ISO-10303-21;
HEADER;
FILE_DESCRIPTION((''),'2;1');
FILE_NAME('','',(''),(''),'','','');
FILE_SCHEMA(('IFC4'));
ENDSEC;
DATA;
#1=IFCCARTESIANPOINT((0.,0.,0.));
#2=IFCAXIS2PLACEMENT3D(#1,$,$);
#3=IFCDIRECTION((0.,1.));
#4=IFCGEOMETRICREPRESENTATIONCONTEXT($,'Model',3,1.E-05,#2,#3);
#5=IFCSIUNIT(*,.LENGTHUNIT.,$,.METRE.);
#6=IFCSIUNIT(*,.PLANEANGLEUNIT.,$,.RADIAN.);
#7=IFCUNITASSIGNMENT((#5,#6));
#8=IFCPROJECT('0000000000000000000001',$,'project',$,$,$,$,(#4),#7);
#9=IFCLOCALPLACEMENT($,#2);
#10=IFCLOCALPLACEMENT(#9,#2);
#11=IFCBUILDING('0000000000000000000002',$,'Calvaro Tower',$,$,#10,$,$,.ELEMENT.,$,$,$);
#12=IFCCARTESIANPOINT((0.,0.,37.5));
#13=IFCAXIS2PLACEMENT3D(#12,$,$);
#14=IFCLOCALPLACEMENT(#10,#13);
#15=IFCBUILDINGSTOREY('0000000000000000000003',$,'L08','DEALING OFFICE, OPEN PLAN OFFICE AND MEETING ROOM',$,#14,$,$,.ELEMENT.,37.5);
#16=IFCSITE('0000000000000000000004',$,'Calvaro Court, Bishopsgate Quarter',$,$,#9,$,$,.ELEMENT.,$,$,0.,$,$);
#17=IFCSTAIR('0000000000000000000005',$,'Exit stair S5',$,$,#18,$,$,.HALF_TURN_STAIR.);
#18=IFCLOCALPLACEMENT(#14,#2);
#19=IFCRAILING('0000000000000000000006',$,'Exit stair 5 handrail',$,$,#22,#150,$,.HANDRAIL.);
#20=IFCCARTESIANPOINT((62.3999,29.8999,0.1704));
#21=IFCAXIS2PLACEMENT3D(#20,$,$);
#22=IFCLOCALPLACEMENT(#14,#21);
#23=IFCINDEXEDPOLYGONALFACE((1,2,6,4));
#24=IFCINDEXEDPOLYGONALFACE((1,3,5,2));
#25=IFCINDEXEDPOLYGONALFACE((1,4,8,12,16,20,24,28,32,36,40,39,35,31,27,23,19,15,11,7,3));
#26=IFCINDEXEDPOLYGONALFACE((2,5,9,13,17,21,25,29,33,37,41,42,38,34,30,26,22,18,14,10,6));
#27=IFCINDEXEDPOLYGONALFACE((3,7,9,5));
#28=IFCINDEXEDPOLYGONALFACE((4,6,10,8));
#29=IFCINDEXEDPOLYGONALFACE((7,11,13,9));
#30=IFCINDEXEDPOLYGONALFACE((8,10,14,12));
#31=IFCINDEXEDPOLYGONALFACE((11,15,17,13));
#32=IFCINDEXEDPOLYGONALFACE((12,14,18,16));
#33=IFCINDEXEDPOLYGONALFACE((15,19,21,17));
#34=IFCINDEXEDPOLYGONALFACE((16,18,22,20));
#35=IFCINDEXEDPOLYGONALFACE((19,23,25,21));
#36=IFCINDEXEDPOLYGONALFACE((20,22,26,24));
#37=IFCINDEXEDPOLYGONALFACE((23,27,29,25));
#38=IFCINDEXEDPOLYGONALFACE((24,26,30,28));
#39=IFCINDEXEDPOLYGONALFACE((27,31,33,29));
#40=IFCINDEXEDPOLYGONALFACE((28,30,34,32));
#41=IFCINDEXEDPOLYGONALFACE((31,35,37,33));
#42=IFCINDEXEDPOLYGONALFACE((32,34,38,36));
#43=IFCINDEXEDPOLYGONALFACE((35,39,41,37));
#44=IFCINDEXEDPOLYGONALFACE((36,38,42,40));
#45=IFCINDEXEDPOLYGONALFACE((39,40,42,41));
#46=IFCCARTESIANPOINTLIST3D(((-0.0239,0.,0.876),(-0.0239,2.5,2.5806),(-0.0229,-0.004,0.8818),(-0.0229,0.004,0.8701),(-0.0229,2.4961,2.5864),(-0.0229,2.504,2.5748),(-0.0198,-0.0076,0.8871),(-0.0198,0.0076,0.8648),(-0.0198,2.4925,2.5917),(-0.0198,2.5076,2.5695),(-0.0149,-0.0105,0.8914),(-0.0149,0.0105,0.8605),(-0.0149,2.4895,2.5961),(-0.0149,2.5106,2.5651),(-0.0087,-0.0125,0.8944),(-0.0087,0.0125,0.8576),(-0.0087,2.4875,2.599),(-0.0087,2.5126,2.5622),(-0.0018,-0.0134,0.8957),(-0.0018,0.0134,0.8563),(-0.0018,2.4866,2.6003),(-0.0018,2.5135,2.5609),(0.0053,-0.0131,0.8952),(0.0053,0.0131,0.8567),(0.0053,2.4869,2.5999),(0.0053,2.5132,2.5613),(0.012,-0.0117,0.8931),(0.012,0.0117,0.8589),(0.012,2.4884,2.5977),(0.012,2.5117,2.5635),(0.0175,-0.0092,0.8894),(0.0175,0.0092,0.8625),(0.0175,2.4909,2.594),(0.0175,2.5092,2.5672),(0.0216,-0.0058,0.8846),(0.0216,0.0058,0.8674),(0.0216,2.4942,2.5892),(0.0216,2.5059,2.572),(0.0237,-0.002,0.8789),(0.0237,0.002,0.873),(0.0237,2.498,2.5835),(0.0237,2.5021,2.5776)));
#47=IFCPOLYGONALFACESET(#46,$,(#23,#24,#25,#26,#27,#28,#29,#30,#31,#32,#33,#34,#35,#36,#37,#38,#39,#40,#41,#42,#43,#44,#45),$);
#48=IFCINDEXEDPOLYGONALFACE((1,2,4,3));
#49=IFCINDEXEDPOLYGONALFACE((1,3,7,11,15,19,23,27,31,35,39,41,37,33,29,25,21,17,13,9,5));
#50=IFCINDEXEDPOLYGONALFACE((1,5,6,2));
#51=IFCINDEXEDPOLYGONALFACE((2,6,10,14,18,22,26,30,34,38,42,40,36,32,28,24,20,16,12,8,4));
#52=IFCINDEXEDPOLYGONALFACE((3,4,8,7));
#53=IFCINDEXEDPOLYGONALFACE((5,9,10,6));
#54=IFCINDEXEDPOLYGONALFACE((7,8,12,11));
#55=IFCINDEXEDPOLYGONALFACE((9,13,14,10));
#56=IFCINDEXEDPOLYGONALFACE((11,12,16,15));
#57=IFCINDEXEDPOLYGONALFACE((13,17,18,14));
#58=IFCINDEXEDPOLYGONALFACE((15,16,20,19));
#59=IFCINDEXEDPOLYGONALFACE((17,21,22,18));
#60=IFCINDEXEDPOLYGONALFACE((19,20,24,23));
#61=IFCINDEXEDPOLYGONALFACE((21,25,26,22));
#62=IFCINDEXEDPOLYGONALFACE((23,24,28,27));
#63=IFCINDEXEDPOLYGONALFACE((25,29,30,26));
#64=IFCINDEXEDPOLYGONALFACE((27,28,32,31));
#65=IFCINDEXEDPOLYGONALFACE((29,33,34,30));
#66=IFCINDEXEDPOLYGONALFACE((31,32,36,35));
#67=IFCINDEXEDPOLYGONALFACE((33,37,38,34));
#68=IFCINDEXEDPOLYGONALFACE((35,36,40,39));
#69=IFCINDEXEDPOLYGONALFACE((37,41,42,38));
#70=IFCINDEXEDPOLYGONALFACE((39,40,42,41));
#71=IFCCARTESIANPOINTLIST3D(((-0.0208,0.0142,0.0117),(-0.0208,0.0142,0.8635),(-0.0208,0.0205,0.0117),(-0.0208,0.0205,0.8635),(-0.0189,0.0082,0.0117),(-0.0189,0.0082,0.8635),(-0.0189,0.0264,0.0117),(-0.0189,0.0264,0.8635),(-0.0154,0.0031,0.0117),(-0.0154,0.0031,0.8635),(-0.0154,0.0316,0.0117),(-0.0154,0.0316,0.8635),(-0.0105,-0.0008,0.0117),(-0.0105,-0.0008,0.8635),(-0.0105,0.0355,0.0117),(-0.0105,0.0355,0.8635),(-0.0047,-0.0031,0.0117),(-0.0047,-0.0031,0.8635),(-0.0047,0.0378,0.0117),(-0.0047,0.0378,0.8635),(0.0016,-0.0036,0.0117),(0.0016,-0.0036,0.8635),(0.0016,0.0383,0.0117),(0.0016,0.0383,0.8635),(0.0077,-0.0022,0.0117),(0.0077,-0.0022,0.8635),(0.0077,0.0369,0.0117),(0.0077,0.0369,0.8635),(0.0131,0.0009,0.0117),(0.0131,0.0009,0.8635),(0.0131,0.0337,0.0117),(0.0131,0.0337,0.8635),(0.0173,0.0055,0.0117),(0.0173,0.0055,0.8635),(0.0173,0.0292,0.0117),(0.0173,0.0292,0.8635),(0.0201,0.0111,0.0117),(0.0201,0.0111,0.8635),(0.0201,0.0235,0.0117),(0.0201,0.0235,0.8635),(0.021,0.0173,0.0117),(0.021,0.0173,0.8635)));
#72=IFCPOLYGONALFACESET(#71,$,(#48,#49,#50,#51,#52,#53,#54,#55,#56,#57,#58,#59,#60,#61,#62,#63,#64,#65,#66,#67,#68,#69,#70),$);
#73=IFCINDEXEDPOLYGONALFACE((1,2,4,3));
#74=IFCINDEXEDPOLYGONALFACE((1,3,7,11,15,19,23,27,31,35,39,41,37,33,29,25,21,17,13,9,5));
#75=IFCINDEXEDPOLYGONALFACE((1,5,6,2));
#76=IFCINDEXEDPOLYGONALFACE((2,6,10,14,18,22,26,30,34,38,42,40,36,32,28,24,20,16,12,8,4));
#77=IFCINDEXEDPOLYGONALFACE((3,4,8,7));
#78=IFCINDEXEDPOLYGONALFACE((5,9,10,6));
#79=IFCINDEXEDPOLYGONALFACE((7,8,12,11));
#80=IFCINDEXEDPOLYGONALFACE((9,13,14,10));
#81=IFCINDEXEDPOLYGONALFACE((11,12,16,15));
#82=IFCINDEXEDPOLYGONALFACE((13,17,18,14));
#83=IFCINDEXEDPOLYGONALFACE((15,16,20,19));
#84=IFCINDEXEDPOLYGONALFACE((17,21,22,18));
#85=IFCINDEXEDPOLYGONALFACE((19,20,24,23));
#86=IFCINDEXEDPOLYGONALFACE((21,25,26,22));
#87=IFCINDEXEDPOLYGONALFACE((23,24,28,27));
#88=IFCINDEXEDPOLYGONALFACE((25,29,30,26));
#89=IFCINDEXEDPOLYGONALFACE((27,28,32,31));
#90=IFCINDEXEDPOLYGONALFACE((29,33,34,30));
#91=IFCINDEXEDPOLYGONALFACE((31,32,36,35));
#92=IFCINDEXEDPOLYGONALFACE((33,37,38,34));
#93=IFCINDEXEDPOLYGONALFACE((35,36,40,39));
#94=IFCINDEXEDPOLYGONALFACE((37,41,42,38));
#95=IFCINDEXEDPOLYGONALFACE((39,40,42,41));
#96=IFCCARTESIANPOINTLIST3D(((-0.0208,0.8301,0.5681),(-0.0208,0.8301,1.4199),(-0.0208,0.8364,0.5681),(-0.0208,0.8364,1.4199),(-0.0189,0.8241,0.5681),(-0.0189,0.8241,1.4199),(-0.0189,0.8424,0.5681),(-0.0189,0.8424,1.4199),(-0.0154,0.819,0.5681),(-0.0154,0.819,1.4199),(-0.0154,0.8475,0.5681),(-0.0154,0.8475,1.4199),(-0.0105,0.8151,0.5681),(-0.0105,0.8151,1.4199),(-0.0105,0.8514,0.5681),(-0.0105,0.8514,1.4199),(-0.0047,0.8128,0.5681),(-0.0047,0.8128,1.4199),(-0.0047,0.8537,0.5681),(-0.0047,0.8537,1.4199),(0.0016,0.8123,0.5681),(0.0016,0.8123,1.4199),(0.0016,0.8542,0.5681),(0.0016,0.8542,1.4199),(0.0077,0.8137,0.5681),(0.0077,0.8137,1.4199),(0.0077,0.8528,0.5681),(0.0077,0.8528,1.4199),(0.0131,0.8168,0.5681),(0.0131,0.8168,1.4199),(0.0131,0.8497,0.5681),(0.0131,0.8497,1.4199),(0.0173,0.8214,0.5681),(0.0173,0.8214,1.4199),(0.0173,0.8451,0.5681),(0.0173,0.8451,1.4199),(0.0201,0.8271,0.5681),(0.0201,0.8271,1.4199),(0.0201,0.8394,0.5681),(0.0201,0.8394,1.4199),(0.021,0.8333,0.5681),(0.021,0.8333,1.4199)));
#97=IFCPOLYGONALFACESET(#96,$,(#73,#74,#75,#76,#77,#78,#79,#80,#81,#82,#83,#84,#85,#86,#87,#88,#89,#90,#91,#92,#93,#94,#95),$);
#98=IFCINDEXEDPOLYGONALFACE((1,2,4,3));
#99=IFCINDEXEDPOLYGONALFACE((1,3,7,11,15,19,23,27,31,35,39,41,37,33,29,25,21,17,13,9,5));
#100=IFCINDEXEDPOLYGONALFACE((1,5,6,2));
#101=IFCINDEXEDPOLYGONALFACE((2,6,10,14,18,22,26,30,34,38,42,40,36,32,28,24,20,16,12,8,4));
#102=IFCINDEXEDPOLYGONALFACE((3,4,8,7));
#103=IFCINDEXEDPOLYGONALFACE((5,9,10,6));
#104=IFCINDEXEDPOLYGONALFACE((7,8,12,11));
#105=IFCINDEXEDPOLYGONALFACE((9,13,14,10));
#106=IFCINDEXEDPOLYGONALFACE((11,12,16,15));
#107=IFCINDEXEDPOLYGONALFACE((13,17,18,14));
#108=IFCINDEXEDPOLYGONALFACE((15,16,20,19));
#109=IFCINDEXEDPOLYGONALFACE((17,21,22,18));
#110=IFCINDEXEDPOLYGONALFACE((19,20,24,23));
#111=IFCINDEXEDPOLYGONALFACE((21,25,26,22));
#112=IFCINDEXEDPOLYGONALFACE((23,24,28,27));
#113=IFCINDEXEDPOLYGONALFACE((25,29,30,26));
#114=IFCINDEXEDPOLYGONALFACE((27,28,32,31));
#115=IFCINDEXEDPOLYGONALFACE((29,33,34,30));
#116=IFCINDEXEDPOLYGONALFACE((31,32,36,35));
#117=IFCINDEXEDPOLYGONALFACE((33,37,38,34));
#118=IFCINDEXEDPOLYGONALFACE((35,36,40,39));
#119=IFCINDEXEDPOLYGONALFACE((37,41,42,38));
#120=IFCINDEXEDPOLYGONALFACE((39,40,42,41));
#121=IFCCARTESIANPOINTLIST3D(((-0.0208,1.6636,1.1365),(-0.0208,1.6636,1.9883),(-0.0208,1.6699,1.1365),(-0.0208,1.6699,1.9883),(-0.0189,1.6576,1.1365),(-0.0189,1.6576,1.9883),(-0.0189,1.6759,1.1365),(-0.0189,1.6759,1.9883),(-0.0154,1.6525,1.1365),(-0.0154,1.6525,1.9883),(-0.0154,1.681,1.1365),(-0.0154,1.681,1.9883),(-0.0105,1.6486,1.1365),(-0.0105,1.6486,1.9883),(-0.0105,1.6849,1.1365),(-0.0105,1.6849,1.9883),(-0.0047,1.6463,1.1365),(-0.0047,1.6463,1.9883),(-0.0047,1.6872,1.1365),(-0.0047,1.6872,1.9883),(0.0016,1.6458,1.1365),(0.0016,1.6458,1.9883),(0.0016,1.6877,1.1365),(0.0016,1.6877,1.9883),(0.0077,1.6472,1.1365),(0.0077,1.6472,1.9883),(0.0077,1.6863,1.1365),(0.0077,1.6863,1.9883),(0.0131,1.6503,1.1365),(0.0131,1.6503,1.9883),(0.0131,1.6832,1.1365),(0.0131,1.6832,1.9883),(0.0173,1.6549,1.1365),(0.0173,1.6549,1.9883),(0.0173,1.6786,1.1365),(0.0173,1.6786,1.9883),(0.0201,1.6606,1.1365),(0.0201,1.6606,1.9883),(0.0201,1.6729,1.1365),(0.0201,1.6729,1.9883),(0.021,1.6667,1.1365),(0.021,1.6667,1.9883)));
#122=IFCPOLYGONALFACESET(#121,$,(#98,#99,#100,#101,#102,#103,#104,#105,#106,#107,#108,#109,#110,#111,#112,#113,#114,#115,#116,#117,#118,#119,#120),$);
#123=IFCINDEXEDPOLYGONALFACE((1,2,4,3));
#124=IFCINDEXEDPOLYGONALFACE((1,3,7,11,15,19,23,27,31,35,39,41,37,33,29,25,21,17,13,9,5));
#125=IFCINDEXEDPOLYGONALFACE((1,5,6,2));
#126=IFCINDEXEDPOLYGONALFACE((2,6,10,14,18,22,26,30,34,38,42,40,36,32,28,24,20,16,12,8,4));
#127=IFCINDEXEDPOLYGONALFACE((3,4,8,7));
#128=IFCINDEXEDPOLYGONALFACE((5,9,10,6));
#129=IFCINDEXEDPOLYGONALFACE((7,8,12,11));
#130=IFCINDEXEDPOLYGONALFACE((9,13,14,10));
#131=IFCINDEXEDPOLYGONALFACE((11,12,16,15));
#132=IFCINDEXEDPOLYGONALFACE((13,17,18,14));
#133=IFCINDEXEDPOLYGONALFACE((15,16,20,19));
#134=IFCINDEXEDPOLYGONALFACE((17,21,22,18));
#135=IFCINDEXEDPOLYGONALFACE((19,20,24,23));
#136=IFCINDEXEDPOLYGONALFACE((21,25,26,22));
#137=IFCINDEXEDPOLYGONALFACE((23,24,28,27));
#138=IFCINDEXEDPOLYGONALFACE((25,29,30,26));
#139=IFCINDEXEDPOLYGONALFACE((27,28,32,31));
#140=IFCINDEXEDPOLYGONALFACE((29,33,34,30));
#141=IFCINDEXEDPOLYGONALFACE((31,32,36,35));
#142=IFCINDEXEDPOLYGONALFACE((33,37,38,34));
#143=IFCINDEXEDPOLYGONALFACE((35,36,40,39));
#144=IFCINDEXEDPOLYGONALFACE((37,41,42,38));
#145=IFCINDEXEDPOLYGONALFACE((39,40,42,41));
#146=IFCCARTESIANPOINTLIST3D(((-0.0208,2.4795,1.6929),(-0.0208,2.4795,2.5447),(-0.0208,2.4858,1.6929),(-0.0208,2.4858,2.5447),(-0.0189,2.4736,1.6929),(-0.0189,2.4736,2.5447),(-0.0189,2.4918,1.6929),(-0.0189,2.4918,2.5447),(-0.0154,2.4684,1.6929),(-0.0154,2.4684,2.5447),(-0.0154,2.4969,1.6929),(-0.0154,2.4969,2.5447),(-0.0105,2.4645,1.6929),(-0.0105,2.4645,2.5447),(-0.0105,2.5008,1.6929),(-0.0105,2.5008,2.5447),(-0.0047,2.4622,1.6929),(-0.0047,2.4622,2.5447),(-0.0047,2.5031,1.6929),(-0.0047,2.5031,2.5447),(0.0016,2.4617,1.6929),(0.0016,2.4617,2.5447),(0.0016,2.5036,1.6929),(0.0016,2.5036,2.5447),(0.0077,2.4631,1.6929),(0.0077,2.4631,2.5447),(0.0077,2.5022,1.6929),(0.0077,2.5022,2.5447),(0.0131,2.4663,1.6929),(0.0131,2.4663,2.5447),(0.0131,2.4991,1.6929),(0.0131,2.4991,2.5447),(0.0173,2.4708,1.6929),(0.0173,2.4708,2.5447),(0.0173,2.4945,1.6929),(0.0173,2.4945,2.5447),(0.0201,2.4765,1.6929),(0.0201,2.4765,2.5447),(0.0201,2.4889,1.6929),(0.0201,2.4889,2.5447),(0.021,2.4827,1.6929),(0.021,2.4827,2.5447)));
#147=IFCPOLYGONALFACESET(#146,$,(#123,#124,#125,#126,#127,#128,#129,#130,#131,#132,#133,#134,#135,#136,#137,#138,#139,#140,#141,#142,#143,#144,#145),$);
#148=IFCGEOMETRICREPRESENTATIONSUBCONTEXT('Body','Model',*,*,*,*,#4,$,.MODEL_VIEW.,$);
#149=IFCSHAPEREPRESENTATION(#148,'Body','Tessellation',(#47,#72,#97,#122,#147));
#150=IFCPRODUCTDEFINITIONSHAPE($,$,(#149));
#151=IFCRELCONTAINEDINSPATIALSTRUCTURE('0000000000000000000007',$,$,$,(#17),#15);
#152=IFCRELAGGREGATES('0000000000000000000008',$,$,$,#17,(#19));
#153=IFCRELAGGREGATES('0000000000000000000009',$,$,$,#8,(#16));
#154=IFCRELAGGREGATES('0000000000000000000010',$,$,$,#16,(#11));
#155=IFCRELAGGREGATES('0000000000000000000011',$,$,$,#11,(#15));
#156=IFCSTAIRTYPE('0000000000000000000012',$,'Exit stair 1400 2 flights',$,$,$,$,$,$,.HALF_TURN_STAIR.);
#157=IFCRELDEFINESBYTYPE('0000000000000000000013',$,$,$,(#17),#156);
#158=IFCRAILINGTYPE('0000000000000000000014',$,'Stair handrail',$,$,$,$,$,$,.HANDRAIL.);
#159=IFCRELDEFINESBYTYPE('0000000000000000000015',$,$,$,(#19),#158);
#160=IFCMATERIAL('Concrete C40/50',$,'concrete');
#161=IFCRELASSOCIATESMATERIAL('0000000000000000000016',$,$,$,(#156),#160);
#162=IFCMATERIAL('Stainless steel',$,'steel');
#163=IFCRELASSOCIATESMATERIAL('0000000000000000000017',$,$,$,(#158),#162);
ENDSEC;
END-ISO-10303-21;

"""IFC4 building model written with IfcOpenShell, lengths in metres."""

from ifc_helpers import new_model, si_unit, direction, frame, origin, origin_2d, place, context, subcontext, project, spatial, circle, extrude, material, type_object, element, aggregate, save


model = new_model("IFC4")

# Units and contexts
model_context = context("Model", 3, precision=1e-05, world=origin(), true_north=direction((0.0, 1.0)))
body_context = subcontext(model_context, "Body", "Model", "MODEL_VIEW")
ifc_project = project(units=[si_unit("LENGTHUNIT", "METRE"), si_unit("PLANEANGLEUNIT", "RADIAN")], contexts=[model_context])

# Site, building, storey
site_placement = place(None, origin())
site = spatial("IfcSite", under=ifc_project, at=site_placement, Name="Calvaro Court, Bishopsgate Quarter", CompositionType="ELEMENT", RefElevation=0.0)
building_placement = place(site_placement, origin())
building = spatial("IfcBuilding", under=site, at=building_placement, Name="Calvaro Tower", CompositionType="ELEMENT")
storey_placement = place(building_placement, frame((0.0, 0.0, 37.5)))
storey = spatial("IfcBuildingStorey", under=building, at=storey_placement, Name="L08", Description="DEALING OFFICE, OPEN PLAN OFFICE AND MEETING ROOM", CompositionType="ELEMENT", Elevation=37.5)

# Stair
ifc_material_1 = material(Name="Concrete C40/50", Category="concrete")
stair_type = type_object("IfcStairType", Name="Exit stair 1400 2 flights", PredefinedType="HALF_TURN_STAIR", material=ifc_material_1)
stair_1_placement = place(storey_placement, origin())
stair_1 = element("IfcStair", 1, at=stair_1_placement, inside=storey, type_object=stair_type, Name="Exit stair S5", PredefinedType="HALF_TURN_STAIR")

# Shared definitions
ifc_material_2 = material(Name="Stainless steel", Category="steel")
railing_type = type_object("IfcRailingType", Name="Stair handrail", PredefinedType="HANDRAIL", material=ifc_material_2)

# Railing
railing_1_placement = place(storey_placement, frame((62.3999, 29.8999, 0.1704)))
railing_1 = element("IfcRailing", 2, at=railing_1_placement, type_object=railing_type, Name="Exit stair 5 handrail", PredefinedType="HANDRAIL", context=body_context, shape_type="SweptSolid", body=[
    extrude(circle(Radius=0.0239, at=origin_2d()), frame((0.0, 0.0, 0.876), z_axis=(0.0, 0.826221, 0.563347), x_axis=(-1.0, 0.0, 0.0)), (0.0, 0.0, 1.0), 3.0259),
    extrude(circle(Radius=0.021, at=origin_2d()), frame((0.0, 0.0173, 0.0117)), (0.0, 0.0, 1.0), 0.8518),
    extrude(circle(Radius=0.021, at=origin_2d()), frame((0.0, 0.8333, 0.5681)), (0.0, 0.0, 1.0), 0.8518),
    extrude(circle(Radius=0.021, at=origin_2d()), frame((0.0, 1.6667, 1.1365)), (0.0, 0.0, 1.0), 0.8518),
    extrude(circle(Radius=0.021, at=origin_2d()), frame((0.0, 2.4827, 1.6929)), (0.0, 0.0, 1.0), 0.8518),
])
aggregate(stair_1, [railing_1])

save(model, "model.ifc")
